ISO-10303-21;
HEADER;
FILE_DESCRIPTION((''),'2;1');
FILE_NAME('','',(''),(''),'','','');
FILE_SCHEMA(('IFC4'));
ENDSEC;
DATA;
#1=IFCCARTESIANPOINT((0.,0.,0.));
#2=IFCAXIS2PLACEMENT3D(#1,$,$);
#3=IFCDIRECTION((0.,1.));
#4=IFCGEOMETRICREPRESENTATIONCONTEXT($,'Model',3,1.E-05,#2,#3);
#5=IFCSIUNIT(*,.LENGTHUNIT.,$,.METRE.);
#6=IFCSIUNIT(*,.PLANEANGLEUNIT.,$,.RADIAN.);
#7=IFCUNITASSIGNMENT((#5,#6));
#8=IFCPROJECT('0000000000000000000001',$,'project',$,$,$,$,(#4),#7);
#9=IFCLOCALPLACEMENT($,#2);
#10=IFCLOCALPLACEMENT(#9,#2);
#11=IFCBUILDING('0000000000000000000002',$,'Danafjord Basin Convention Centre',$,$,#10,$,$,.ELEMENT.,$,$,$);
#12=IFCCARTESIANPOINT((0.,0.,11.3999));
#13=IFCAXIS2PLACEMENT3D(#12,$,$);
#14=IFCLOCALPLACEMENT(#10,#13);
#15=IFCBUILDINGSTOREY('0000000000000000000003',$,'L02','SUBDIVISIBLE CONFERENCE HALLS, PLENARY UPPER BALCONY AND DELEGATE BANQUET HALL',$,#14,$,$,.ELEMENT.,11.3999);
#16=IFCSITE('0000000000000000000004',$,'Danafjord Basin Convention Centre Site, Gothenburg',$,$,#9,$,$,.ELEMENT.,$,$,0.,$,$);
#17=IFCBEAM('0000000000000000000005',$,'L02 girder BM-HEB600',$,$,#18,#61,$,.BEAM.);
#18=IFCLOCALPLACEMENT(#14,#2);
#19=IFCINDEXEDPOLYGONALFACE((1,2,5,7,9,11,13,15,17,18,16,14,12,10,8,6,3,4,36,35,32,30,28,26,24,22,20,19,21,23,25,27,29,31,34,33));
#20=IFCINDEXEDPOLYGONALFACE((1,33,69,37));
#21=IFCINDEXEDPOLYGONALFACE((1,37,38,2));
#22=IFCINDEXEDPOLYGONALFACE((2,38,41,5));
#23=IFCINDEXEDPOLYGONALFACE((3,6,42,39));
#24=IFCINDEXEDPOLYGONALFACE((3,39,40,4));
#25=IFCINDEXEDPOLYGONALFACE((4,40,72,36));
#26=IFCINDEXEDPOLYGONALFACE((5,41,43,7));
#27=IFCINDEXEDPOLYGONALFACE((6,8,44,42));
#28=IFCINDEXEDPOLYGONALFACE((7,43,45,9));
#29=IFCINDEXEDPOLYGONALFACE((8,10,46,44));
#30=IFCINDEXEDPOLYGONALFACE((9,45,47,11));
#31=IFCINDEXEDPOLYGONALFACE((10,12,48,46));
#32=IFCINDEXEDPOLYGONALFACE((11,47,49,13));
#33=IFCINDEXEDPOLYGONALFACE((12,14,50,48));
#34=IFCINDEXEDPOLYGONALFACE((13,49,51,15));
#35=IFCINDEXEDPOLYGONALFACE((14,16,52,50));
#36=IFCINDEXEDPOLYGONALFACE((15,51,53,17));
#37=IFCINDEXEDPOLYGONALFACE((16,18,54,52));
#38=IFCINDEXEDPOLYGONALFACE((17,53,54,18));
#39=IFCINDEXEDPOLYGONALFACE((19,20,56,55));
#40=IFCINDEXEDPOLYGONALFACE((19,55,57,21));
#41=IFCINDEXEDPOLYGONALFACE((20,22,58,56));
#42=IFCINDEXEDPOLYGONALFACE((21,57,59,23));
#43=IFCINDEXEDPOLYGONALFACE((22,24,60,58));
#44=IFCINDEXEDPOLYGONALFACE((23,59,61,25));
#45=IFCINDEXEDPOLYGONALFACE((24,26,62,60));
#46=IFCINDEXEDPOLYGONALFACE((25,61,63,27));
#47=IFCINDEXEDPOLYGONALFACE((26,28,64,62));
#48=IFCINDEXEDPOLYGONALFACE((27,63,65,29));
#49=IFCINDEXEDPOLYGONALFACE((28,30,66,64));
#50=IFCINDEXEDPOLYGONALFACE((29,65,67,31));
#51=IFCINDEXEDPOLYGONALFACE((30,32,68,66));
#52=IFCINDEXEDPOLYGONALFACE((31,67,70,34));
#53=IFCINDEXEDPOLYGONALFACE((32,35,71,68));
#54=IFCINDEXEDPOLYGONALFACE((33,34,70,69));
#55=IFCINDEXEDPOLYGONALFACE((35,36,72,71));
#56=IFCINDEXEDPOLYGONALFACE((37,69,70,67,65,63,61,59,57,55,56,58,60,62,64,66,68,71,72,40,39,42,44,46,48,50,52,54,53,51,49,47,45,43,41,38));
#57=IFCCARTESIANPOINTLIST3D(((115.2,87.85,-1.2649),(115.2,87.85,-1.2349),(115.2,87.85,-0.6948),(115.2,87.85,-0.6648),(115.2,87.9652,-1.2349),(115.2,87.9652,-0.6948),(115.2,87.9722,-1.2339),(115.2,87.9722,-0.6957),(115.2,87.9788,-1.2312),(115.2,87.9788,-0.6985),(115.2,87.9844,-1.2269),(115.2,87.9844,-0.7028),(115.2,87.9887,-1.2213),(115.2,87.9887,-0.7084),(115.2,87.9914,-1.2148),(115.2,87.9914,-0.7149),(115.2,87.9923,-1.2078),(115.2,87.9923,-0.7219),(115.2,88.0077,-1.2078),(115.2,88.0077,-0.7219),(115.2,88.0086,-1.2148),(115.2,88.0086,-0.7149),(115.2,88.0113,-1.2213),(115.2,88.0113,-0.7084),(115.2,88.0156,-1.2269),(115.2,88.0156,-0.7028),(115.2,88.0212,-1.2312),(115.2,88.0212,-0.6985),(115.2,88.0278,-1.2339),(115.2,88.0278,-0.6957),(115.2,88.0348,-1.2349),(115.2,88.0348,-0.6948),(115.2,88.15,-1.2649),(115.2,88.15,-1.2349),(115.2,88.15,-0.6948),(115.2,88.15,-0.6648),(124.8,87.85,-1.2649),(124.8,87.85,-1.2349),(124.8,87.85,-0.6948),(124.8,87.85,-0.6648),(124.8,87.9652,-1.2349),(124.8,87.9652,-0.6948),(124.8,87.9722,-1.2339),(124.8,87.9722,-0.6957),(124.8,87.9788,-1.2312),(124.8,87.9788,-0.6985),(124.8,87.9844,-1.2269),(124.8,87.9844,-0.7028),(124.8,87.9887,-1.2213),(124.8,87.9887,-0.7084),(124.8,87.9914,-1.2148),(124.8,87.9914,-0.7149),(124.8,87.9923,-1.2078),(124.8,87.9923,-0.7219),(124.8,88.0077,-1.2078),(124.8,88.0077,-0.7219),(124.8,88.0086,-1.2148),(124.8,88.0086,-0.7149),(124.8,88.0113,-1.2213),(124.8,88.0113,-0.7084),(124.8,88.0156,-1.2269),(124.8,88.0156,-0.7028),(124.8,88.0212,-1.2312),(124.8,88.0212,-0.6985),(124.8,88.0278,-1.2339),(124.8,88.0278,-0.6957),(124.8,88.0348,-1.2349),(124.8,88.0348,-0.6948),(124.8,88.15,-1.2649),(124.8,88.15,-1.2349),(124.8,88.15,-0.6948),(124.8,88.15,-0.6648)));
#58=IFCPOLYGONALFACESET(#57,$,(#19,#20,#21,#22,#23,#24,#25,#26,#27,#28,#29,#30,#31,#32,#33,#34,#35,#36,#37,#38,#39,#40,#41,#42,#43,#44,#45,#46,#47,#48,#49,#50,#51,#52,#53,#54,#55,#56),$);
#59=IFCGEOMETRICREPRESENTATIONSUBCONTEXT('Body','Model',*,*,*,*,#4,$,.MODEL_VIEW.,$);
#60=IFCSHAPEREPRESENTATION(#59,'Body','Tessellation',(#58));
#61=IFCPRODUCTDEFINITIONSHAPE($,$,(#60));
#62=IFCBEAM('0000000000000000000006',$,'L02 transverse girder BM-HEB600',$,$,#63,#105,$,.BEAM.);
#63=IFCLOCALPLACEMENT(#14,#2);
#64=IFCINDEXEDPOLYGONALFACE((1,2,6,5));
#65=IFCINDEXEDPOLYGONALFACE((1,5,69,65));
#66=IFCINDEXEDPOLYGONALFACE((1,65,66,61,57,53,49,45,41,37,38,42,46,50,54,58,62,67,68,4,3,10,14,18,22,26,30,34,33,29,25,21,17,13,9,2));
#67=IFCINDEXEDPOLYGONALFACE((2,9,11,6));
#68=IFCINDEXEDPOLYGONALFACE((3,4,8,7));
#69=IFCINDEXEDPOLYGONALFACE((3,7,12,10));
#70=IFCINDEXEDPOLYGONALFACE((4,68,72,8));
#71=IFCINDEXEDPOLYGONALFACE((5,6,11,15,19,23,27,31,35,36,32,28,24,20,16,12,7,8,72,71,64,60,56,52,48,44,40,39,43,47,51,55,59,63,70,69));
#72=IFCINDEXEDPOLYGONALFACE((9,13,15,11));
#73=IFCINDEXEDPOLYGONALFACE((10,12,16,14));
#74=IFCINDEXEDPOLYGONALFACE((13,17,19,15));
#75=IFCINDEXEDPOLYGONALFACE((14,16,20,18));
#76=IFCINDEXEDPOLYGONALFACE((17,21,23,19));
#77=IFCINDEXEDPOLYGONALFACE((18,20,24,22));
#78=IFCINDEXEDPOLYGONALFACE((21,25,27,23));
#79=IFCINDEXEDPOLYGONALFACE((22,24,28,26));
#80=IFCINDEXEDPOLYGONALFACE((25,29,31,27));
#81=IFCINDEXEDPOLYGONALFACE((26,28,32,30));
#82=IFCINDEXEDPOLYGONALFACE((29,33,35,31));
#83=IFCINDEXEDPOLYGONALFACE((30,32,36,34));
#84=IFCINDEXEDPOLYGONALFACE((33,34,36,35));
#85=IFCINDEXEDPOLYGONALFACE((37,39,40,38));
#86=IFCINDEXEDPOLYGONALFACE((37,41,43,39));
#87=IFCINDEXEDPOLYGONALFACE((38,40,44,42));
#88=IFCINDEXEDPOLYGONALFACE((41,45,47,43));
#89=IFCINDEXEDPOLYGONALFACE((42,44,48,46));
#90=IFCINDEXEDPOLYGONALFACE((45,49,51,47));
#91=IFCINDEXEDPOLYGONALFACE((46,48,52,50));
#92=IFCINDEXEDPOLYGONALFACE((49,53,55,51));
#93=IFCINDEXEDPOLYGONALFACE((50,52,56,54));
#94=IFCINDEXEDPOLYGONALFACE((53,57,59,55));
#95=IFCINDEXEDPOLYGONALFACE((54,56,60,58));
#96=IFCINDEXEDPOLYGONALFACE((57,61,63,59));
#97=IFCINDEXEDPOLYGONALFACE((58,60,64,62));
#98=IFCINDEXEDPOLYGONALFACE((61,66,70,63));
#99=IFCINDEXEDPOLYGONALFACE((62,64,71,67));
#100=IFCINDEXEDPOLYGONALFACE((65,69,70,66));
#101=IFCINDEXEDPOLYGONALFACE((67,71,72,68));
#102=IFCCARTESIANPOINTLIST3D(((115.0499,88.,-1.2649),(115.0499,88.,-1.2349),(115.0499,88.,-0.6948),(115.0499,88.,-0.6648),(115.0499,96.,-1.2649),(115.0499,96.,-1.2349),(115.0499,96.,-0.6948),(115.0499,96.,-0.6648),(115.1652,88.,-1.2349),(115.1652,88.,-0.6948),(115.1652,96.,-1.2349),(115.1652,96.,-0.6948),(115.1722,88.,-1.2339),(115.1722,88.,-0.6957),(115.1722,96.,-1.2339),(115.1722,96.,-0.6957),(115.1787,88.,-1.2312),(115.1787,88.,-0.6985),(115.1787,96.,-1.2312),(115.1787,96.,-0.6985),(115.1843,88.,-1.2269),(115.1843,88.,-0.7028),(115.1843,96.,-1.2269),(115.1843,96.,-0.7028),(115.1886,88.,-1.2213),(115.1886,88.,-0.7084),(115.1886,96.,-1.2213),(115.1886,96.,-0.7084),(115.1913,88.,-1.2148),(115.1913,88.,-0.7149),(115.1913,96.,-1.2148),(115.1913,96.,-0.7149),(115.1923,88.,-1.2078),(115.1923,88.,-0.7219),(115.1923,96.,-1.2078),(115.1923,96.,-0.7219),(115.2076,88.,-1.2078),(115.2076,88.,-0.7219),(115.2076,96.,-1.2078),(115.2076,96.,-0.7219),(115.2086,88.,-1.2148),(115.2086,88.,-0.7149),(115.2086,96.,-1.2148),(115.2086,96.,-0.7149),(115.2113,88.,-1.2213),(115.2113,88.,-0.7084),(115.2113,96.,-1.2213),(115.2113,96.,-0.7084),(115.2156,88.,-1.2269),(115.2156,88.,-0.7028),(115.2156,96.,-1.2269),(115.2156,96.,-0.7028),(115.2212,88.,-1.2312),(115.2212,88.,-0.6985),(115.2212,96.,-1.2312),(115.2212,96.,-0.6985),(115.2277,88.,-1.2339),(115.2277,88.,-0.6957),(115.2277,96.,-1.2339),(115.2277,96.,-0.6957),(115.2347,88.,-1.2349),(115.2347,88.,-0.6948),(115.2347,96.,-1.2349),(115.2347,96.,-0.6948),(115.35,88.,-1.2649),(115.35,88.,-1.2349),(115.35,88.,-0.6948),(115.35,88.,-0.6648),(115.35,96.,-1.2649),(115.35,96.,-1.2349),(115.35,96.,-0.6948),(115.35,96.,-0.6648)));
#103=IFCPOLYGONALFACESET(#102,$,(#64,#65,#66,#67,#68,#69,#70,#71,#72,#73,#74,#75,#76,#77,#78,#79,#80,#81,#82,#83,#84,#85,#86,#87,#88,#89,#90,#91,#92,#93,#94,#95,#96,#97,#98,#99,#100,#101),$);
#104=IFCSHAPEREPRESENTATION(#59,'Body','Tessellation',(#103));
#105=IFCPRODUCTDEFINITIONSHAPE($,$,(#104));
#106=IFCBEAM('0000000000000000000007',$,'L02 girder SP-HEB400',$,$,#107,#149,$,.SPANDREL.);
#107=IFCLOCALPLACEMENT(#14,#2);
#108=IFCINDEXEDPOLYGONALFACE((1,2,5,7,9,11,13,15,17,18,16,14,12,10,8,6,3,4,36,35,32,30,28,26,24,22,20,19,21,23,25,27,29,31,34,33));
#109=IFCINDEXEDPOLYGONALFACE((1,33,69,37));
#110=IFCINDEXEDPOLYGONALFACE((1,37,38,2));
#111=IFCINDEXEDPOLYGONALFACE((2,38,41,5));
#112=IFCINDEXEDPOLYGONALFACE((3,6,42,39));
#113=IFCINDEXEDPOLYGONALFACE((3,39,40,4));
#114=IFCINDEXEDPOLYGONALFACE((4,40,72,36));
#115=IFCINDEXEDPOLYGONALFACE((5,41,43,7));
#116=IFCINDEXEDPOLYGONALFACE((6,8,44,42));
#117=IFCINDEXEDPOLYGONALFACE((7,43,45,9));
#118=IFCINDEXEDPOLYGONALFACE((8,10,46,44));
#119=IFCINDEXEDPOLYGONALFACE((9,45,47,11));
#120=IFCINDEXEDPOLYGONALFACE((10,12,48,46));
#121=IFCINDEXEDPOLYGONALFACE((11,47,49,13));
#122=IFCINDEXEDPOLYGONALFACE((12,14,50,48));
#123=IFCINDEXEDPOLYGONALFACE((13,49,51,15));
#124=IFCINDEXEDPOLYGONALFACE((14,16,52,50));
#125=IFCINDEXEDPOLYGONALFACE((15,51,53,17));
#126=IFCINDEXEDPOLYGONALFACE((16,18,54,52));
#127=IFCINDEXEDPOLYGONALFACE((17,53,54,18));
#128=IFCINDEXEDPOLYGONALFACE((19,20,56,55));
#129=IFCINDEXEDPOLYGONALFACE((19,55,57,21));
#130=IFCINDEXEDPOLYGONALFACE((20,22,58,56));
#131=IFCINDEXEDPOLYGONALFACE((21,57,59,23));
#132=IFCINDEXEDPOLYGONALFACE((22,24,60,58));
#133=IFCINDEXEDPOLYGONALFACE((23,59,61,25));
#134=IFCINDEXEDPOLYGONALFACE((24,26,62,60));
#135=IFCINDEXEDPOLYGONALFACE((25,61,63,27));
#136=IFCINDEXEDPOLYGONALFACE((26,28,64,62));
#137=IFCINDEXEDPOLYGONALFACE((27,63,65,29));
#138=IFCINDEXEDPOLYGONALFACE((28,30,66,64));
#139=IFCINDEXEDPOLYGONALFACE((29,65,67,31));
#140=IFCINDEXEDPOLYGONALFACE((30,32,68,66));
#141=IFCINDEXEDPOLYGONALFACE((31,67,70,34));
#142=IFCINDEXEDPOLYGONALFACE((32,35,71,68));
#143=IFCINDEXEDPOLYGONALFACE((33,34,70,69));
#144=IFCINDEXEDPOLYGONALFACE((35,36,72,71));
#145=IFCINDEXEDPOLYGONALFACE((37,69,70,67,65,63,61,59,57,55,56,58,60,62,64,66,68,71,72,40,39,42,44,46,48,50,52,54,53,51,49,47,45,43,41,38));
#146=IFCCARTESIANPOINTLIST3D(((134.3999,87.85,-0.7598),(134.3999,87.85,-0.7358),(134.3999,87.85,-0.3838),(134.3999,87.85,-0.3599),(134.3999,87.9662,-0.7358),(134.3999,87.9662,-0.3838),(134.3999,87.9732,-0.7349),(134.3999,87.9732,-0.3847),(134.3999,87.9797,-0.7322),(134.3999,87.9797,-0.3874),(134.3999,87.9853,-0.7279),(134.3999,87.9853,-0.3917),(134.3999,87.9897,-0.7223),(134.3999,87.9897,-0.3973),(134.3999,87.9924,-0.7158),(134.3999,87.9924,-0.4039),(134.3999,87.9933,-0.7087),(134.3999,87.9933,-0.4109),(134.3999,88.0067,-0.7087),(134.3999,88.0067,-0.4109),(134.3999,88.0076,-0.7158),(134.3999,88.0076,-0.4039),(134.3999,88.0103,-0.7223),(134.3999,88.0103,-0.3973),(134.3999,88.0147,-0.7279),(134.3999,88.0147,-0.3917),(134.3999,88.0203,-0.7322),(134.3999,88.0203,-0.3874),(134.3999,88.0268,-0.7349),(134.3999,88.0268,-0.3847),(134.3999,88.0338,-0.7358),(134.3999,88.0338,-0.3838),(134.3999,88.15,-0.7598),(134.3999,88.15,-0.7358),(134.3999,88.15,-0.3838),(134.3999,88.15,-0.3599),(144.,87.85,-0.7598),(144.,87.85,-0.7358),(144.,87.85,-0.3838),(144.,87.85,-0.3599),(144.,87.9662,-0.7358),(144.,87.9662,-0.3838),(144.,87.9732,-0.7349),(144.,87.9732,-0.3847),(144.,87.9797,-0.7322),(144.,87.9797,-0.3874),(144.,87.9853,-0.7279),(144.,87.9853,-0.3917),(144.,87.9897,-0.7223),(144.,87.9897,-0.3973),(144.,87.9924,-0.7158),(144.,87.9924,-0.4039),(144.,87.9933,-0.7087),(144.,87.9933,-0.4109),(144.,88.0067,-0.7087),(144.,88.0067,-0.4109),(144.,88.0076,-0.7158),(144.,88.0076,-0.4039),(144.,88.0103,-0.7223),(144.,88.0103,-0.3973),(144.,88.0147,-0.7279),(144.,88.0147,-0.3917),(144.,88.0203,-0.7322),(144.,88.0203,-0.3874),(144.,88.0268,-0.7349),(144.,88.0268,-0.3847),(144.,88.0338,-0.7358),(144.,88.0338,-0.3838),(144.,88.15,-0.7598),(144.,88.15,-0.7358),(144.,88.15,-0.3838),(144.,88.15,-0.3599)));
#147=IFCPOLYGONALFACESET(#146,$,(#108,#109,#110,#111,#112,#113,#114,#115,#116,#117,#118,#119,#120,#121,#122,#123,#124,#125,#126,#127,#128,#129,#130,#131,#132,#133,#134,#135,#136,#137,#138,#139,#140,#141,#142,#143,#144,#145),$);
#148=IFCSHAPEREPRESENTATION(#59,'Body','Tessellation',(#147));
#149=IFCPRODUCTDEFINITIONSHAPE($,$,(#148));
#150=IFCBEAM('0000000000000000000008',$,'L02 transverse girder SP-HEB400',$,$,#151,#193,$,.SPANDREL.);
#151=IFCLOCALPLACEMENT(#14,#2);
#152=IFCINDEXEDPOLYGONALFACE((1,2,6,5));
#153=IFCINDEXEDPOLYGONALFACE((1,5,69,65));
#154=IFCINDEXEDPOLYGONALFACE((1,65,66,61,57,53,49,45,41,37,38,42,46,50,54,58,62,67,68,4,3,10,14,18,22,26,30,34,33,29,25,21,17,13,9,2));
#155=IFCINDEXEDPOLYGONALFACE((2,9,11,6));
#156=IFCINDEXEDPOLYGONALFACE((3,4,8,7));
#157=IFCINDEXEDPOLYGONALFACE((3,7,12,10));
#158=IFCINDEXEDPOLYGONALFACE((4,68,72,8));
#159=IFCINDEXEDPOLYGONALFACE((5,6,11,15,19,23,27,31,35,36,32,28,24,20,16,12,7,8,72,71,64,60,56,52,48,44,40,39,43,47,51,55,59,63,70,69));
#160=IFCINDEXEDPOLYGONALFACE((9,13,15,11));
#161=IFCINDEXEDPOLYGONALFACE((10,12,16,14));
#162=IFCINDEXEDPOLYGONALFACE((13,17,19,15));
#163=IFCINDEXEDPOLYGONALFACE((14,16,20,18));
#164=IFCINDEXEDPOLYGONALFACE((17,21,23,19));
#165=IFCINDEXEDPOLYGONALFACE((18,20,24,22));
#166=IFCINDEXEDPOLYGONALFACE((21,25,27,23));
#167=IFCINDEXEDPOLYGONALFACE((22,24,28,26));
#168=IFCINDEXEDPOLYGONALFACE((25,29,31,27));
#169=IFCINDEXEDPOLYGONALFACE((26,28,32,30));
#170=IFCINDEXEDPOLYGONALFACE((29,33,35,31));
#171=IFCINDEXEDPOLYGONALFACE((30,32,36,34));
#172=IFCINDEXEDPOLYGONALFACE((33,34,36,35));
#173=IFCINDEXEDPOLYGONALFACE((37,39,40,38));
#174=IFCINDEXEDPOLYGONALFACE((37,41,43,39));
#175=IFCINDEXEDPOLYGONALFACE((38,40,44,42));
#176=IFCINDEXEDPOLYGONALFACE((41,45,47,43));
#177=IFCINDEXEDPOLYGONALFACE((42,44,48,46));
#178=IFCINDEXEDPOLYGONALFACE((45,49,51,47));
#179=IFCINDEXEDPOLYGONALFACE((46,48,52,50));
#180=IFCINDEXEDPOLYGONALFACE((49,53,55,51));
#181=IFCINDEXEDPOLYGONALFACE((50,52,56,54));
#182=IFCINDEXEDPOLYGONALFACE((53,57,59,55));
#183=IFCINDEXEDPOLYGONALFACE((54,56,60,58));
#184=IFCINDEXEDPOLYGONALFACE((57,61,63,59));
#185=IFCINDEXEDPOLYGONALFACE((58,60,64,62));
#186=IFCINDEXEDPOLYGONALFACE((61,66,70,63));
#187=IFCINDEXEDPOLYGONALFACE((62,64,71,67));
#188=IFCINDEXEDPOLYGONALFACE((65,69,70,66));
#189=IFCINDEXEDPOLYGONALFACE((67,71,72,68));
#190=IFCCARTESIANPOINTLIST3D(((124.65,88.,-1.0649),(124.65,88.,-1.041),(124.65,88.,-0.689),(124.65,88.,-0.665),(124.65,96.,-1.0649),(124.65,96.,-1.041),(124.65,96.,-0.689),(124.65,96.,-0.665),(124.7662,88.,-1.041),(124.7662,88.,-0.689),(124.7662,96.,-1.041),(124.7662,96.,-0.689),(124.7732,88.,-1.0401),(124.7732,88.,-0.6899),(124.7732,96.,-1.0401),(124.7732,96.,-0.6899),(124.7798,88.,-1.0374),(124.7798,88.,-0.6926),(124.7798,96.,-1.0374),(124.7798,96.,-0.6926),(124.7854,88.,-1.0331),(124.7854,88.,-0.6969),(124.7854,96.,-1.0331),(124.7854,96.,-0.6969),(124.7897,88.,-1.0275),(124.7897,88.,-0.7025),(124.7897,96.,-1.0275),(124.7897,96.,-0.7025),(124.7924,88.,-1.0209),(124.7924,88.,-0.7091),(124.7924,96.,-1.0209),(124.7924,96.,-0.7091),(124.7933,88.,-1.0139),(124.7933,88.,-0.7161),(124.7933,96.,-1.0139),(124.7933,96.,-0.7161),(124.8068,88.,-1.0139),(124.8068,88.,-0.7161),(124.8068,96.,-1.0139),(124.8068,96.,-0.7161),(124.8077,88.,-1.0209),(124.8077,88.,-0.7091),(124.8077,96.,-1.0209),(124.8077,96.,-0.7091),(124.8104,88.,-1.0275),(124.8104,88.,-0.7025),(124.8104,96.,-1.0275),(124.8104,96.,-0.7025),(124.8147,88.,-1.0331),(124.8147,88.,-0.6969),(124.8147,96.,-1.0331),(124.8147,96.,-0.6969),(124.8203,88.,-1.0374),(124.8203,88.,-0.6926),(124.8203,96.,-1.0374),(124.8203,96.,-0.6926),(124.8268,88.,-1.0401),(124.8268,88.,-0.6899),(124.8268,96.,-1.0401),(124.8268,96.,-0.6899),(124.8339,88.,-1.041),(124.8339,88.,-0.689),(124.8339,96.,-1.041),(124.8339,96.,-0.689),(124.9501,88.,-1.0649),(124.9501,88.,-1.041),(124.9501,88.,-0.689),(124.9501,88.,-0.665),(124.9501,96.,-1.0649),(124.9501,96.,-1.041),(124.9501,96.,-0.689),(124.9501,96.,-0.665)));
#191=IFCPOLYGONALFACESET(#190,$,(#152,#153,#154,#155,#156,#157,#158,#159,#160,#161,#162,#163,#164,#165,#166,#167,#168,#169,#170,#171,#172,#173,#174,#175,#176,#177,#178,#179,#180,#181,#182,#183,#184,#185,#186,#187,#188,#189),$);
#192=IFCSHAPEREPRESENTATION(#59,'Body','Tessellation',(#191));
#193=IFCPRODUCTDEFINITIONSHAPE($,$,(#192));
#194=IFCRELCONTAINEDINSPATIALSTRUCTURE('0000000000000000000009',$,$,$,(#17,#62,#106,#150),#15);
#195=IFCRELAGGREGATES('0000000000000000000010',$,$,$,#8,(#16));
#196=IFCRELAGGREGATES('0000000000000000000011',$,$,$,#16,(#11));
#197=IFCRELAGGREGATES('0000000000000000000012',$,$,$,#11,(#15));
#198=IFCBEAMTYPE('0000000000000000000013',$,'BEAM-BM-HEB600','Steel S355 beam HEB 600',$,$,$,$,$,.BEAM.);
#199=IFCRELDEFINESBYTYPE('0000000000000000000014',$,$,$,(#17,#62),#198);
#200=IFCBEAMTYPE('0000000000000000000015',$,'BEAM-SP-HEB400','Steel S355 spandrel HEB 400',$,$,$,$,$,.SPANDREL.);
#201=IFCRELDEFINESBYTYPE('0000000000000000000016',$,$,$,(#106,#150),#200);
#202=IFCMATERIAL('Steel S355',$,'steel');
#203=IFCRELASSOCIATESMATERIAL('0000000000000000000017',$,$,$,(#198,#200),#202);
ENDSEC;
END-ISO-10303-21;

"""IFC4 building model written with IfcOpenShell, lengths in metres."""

from ifc_helpers import new_model, si_unit, direction, frame, origin, origin_2d, place, context, subcontext, project, spatial, i_section, extrude, material, material_profile, profile_set, type_object, element, save


model = new_model("IFC4")

# Units and contexts
model_context = context("Model", 3, precision=1e-05, world=origin(), true_north=direction((0.0, 1.0)))
body_context = subcontext(model_context, "Body", "Model", "MODEL_VIEW")
ifc_project = project(units=[si_unit("LENGTHUNIT", "METRE"), si_unit("PLANEANGLEUNIT", "RADIAN")], contexts=[model_context])

# Site, building, storey
site_placement = place(None, origin())
site = spatial("IfcSite", under=ifc_project, at=site_placement, Name="Danafjord Basin Convention Centre Site, Gothenburg", CompositionType="ELEMENT", RefElevation=0.0)
building_placement = place(site_placement, origin())
building = spatial("IfcBuilding", under=site, at=building_placement, Name="Danafjord Basin Convention Centre", CompositionType="ELEMENT")
storey_placement = place(building_placement, frame((0.0, 0.0, 11.3999)))
storey = spatial("IfcBuildingStorey", under=building, at=storey_placement, Name="L02", Description="SUBDIVISIBLE CONFERENCE HALLS, PLENARY UPPER BALCONY AND DELEGATE BANQUET HALL", CompositionType="ELEMENT", Elevation=11.3999)

# Shared definitions
ifc_material_1 = material(Name="Steel S355", Category="steel")

# Beams
ifc_material_profile_1 = material_profile(ifc_material_1, i_section(OverallWidth=0.3, OverallDepth=0.6001, WebThickness=0.0154, FlangeThickness=0.03, FilletRadius=0.0271, at=origin_2d()), Name="HEB 600")
ifc_profile_set_1 = profile_set([ifc_material_profile_1], Name="Steel S355")
beam_type_1 = type_object("IfcBeamType", Name="BEAM-BM-HEB600", Description="Steel S355 beam HEB 600", PredefinedType="BEAM", material=ifc_profile_set_1)
beam_1_placement = place(storey_placement, frame((115.2, 88.0, -0.9648), z_axis=(1.0, 0.0, 0.0), x_axis=(0.0, 1.0, 0.0)))
element("IfcBeam", 1, at=beam_1_placement, inside=storey, type_object=beam_type_1, Name="L02 girder BM-HEB600", PredefinedType="BEAM", context=body_context, shape_type="SweptSolid", body=[
    extrude(i_section(OverallWidth=0.3, OverallDepth=0.6001, WebThickness=0.0154, FlangeThickness=0.03, FilletRadius=0.0271, at=origin_2d()), origin(), (0.0, 0.0, 1.0), 9.6001),
])
beam_2_placement = place(storey_placement, frame((115.2, 88.0, -0.9648), z_axis=(0.0, 1.0, 0.0), x_axis=(-1.0, 0.0, 0.0)))
element("IfcBeam", 2, at=beam_2_placement, inside=storey, type_object=beam_type_1, Name="L02 transverse girder BM-HEB600", PredefinedType="BEAM", context=body_context, shape_type="SweptSolid", body=[
    extrude(i_section(OverallWidth=0.3, OverallDepth=0.6001, WebThickness=0.0154, FlangeThickness=0.03, FilletRadius=0.0271, at=origin_2d()), origin(), (0.0, 0.0, 1.0), 8.0),
])
ifc_material_profile_2 = material_profile(ifc_material_1, i_section(OverallWidth=0.3, OverallDepth=0.3999, WebThickness=0.0134, FlangeThickness=0.0239, FilletRadius=0.0271, at=origin_2d()), Name="HEB 400")
ifc_profile_set_2 = profile_set([ifc_material_profile_2], Name="Steel S355")
beam_type_2 = type_object("IfcBeamType", Name="BEAM-SP-HEB400", Description="Steel S355 spandrel HEB 400", PredefinedType="SPANDREL", material=ifc_profile_set_2)
beam_3_placement = place(storey_placement, frame((134.3999, 88.0, -0.5598), z_axis=(1.0, 0.0, 0.0), x_axis=(0.0, 1.0, 0.0)))
element("IfcBeam", 3, at=beam_3_placement, inside=storey, type_object=beam_type_2, Name="L02 girder SP-HEB400", PredefinedType="SPANDREL", context=body_context, shape_type="SweptSolid", body=[
    extrude(i_section(OverallWidth=0.3, OverallDepth=0.3999, WebThickness=0.0134, FlangeThickness=0.0239, FilletRadius=0.0271, at=origin_2d()), origin(), (0.0, 0.0, 1.0), 9.6001),
])
beam_4_placement = place(storey_placement, frame((124.8, 88.0, -0.865), z_axis=(0.0, 1.0, 0.0), x_axis=(-1.0, 0.0, 0.0)))
element("IfcBeam", 4, at=beam_4_placement, inside=storey, type_object=beam_type_2, Name="L02 transverse girder SP-HEB400", PredefinedType="SPANDREL", context=body_context, shape_type="SweptSolid", body=[
    extrude(i_section(OverallWidth=0.3, OverallDepth=0.3999, WebThickness=0.0134, FlangeThickness=0.0239, FilletRadius=0.0271, at=origin_2d()), origin(), (0.0, 0.0, 1.0), 8.0),
])

save(model, "model.ifc")
